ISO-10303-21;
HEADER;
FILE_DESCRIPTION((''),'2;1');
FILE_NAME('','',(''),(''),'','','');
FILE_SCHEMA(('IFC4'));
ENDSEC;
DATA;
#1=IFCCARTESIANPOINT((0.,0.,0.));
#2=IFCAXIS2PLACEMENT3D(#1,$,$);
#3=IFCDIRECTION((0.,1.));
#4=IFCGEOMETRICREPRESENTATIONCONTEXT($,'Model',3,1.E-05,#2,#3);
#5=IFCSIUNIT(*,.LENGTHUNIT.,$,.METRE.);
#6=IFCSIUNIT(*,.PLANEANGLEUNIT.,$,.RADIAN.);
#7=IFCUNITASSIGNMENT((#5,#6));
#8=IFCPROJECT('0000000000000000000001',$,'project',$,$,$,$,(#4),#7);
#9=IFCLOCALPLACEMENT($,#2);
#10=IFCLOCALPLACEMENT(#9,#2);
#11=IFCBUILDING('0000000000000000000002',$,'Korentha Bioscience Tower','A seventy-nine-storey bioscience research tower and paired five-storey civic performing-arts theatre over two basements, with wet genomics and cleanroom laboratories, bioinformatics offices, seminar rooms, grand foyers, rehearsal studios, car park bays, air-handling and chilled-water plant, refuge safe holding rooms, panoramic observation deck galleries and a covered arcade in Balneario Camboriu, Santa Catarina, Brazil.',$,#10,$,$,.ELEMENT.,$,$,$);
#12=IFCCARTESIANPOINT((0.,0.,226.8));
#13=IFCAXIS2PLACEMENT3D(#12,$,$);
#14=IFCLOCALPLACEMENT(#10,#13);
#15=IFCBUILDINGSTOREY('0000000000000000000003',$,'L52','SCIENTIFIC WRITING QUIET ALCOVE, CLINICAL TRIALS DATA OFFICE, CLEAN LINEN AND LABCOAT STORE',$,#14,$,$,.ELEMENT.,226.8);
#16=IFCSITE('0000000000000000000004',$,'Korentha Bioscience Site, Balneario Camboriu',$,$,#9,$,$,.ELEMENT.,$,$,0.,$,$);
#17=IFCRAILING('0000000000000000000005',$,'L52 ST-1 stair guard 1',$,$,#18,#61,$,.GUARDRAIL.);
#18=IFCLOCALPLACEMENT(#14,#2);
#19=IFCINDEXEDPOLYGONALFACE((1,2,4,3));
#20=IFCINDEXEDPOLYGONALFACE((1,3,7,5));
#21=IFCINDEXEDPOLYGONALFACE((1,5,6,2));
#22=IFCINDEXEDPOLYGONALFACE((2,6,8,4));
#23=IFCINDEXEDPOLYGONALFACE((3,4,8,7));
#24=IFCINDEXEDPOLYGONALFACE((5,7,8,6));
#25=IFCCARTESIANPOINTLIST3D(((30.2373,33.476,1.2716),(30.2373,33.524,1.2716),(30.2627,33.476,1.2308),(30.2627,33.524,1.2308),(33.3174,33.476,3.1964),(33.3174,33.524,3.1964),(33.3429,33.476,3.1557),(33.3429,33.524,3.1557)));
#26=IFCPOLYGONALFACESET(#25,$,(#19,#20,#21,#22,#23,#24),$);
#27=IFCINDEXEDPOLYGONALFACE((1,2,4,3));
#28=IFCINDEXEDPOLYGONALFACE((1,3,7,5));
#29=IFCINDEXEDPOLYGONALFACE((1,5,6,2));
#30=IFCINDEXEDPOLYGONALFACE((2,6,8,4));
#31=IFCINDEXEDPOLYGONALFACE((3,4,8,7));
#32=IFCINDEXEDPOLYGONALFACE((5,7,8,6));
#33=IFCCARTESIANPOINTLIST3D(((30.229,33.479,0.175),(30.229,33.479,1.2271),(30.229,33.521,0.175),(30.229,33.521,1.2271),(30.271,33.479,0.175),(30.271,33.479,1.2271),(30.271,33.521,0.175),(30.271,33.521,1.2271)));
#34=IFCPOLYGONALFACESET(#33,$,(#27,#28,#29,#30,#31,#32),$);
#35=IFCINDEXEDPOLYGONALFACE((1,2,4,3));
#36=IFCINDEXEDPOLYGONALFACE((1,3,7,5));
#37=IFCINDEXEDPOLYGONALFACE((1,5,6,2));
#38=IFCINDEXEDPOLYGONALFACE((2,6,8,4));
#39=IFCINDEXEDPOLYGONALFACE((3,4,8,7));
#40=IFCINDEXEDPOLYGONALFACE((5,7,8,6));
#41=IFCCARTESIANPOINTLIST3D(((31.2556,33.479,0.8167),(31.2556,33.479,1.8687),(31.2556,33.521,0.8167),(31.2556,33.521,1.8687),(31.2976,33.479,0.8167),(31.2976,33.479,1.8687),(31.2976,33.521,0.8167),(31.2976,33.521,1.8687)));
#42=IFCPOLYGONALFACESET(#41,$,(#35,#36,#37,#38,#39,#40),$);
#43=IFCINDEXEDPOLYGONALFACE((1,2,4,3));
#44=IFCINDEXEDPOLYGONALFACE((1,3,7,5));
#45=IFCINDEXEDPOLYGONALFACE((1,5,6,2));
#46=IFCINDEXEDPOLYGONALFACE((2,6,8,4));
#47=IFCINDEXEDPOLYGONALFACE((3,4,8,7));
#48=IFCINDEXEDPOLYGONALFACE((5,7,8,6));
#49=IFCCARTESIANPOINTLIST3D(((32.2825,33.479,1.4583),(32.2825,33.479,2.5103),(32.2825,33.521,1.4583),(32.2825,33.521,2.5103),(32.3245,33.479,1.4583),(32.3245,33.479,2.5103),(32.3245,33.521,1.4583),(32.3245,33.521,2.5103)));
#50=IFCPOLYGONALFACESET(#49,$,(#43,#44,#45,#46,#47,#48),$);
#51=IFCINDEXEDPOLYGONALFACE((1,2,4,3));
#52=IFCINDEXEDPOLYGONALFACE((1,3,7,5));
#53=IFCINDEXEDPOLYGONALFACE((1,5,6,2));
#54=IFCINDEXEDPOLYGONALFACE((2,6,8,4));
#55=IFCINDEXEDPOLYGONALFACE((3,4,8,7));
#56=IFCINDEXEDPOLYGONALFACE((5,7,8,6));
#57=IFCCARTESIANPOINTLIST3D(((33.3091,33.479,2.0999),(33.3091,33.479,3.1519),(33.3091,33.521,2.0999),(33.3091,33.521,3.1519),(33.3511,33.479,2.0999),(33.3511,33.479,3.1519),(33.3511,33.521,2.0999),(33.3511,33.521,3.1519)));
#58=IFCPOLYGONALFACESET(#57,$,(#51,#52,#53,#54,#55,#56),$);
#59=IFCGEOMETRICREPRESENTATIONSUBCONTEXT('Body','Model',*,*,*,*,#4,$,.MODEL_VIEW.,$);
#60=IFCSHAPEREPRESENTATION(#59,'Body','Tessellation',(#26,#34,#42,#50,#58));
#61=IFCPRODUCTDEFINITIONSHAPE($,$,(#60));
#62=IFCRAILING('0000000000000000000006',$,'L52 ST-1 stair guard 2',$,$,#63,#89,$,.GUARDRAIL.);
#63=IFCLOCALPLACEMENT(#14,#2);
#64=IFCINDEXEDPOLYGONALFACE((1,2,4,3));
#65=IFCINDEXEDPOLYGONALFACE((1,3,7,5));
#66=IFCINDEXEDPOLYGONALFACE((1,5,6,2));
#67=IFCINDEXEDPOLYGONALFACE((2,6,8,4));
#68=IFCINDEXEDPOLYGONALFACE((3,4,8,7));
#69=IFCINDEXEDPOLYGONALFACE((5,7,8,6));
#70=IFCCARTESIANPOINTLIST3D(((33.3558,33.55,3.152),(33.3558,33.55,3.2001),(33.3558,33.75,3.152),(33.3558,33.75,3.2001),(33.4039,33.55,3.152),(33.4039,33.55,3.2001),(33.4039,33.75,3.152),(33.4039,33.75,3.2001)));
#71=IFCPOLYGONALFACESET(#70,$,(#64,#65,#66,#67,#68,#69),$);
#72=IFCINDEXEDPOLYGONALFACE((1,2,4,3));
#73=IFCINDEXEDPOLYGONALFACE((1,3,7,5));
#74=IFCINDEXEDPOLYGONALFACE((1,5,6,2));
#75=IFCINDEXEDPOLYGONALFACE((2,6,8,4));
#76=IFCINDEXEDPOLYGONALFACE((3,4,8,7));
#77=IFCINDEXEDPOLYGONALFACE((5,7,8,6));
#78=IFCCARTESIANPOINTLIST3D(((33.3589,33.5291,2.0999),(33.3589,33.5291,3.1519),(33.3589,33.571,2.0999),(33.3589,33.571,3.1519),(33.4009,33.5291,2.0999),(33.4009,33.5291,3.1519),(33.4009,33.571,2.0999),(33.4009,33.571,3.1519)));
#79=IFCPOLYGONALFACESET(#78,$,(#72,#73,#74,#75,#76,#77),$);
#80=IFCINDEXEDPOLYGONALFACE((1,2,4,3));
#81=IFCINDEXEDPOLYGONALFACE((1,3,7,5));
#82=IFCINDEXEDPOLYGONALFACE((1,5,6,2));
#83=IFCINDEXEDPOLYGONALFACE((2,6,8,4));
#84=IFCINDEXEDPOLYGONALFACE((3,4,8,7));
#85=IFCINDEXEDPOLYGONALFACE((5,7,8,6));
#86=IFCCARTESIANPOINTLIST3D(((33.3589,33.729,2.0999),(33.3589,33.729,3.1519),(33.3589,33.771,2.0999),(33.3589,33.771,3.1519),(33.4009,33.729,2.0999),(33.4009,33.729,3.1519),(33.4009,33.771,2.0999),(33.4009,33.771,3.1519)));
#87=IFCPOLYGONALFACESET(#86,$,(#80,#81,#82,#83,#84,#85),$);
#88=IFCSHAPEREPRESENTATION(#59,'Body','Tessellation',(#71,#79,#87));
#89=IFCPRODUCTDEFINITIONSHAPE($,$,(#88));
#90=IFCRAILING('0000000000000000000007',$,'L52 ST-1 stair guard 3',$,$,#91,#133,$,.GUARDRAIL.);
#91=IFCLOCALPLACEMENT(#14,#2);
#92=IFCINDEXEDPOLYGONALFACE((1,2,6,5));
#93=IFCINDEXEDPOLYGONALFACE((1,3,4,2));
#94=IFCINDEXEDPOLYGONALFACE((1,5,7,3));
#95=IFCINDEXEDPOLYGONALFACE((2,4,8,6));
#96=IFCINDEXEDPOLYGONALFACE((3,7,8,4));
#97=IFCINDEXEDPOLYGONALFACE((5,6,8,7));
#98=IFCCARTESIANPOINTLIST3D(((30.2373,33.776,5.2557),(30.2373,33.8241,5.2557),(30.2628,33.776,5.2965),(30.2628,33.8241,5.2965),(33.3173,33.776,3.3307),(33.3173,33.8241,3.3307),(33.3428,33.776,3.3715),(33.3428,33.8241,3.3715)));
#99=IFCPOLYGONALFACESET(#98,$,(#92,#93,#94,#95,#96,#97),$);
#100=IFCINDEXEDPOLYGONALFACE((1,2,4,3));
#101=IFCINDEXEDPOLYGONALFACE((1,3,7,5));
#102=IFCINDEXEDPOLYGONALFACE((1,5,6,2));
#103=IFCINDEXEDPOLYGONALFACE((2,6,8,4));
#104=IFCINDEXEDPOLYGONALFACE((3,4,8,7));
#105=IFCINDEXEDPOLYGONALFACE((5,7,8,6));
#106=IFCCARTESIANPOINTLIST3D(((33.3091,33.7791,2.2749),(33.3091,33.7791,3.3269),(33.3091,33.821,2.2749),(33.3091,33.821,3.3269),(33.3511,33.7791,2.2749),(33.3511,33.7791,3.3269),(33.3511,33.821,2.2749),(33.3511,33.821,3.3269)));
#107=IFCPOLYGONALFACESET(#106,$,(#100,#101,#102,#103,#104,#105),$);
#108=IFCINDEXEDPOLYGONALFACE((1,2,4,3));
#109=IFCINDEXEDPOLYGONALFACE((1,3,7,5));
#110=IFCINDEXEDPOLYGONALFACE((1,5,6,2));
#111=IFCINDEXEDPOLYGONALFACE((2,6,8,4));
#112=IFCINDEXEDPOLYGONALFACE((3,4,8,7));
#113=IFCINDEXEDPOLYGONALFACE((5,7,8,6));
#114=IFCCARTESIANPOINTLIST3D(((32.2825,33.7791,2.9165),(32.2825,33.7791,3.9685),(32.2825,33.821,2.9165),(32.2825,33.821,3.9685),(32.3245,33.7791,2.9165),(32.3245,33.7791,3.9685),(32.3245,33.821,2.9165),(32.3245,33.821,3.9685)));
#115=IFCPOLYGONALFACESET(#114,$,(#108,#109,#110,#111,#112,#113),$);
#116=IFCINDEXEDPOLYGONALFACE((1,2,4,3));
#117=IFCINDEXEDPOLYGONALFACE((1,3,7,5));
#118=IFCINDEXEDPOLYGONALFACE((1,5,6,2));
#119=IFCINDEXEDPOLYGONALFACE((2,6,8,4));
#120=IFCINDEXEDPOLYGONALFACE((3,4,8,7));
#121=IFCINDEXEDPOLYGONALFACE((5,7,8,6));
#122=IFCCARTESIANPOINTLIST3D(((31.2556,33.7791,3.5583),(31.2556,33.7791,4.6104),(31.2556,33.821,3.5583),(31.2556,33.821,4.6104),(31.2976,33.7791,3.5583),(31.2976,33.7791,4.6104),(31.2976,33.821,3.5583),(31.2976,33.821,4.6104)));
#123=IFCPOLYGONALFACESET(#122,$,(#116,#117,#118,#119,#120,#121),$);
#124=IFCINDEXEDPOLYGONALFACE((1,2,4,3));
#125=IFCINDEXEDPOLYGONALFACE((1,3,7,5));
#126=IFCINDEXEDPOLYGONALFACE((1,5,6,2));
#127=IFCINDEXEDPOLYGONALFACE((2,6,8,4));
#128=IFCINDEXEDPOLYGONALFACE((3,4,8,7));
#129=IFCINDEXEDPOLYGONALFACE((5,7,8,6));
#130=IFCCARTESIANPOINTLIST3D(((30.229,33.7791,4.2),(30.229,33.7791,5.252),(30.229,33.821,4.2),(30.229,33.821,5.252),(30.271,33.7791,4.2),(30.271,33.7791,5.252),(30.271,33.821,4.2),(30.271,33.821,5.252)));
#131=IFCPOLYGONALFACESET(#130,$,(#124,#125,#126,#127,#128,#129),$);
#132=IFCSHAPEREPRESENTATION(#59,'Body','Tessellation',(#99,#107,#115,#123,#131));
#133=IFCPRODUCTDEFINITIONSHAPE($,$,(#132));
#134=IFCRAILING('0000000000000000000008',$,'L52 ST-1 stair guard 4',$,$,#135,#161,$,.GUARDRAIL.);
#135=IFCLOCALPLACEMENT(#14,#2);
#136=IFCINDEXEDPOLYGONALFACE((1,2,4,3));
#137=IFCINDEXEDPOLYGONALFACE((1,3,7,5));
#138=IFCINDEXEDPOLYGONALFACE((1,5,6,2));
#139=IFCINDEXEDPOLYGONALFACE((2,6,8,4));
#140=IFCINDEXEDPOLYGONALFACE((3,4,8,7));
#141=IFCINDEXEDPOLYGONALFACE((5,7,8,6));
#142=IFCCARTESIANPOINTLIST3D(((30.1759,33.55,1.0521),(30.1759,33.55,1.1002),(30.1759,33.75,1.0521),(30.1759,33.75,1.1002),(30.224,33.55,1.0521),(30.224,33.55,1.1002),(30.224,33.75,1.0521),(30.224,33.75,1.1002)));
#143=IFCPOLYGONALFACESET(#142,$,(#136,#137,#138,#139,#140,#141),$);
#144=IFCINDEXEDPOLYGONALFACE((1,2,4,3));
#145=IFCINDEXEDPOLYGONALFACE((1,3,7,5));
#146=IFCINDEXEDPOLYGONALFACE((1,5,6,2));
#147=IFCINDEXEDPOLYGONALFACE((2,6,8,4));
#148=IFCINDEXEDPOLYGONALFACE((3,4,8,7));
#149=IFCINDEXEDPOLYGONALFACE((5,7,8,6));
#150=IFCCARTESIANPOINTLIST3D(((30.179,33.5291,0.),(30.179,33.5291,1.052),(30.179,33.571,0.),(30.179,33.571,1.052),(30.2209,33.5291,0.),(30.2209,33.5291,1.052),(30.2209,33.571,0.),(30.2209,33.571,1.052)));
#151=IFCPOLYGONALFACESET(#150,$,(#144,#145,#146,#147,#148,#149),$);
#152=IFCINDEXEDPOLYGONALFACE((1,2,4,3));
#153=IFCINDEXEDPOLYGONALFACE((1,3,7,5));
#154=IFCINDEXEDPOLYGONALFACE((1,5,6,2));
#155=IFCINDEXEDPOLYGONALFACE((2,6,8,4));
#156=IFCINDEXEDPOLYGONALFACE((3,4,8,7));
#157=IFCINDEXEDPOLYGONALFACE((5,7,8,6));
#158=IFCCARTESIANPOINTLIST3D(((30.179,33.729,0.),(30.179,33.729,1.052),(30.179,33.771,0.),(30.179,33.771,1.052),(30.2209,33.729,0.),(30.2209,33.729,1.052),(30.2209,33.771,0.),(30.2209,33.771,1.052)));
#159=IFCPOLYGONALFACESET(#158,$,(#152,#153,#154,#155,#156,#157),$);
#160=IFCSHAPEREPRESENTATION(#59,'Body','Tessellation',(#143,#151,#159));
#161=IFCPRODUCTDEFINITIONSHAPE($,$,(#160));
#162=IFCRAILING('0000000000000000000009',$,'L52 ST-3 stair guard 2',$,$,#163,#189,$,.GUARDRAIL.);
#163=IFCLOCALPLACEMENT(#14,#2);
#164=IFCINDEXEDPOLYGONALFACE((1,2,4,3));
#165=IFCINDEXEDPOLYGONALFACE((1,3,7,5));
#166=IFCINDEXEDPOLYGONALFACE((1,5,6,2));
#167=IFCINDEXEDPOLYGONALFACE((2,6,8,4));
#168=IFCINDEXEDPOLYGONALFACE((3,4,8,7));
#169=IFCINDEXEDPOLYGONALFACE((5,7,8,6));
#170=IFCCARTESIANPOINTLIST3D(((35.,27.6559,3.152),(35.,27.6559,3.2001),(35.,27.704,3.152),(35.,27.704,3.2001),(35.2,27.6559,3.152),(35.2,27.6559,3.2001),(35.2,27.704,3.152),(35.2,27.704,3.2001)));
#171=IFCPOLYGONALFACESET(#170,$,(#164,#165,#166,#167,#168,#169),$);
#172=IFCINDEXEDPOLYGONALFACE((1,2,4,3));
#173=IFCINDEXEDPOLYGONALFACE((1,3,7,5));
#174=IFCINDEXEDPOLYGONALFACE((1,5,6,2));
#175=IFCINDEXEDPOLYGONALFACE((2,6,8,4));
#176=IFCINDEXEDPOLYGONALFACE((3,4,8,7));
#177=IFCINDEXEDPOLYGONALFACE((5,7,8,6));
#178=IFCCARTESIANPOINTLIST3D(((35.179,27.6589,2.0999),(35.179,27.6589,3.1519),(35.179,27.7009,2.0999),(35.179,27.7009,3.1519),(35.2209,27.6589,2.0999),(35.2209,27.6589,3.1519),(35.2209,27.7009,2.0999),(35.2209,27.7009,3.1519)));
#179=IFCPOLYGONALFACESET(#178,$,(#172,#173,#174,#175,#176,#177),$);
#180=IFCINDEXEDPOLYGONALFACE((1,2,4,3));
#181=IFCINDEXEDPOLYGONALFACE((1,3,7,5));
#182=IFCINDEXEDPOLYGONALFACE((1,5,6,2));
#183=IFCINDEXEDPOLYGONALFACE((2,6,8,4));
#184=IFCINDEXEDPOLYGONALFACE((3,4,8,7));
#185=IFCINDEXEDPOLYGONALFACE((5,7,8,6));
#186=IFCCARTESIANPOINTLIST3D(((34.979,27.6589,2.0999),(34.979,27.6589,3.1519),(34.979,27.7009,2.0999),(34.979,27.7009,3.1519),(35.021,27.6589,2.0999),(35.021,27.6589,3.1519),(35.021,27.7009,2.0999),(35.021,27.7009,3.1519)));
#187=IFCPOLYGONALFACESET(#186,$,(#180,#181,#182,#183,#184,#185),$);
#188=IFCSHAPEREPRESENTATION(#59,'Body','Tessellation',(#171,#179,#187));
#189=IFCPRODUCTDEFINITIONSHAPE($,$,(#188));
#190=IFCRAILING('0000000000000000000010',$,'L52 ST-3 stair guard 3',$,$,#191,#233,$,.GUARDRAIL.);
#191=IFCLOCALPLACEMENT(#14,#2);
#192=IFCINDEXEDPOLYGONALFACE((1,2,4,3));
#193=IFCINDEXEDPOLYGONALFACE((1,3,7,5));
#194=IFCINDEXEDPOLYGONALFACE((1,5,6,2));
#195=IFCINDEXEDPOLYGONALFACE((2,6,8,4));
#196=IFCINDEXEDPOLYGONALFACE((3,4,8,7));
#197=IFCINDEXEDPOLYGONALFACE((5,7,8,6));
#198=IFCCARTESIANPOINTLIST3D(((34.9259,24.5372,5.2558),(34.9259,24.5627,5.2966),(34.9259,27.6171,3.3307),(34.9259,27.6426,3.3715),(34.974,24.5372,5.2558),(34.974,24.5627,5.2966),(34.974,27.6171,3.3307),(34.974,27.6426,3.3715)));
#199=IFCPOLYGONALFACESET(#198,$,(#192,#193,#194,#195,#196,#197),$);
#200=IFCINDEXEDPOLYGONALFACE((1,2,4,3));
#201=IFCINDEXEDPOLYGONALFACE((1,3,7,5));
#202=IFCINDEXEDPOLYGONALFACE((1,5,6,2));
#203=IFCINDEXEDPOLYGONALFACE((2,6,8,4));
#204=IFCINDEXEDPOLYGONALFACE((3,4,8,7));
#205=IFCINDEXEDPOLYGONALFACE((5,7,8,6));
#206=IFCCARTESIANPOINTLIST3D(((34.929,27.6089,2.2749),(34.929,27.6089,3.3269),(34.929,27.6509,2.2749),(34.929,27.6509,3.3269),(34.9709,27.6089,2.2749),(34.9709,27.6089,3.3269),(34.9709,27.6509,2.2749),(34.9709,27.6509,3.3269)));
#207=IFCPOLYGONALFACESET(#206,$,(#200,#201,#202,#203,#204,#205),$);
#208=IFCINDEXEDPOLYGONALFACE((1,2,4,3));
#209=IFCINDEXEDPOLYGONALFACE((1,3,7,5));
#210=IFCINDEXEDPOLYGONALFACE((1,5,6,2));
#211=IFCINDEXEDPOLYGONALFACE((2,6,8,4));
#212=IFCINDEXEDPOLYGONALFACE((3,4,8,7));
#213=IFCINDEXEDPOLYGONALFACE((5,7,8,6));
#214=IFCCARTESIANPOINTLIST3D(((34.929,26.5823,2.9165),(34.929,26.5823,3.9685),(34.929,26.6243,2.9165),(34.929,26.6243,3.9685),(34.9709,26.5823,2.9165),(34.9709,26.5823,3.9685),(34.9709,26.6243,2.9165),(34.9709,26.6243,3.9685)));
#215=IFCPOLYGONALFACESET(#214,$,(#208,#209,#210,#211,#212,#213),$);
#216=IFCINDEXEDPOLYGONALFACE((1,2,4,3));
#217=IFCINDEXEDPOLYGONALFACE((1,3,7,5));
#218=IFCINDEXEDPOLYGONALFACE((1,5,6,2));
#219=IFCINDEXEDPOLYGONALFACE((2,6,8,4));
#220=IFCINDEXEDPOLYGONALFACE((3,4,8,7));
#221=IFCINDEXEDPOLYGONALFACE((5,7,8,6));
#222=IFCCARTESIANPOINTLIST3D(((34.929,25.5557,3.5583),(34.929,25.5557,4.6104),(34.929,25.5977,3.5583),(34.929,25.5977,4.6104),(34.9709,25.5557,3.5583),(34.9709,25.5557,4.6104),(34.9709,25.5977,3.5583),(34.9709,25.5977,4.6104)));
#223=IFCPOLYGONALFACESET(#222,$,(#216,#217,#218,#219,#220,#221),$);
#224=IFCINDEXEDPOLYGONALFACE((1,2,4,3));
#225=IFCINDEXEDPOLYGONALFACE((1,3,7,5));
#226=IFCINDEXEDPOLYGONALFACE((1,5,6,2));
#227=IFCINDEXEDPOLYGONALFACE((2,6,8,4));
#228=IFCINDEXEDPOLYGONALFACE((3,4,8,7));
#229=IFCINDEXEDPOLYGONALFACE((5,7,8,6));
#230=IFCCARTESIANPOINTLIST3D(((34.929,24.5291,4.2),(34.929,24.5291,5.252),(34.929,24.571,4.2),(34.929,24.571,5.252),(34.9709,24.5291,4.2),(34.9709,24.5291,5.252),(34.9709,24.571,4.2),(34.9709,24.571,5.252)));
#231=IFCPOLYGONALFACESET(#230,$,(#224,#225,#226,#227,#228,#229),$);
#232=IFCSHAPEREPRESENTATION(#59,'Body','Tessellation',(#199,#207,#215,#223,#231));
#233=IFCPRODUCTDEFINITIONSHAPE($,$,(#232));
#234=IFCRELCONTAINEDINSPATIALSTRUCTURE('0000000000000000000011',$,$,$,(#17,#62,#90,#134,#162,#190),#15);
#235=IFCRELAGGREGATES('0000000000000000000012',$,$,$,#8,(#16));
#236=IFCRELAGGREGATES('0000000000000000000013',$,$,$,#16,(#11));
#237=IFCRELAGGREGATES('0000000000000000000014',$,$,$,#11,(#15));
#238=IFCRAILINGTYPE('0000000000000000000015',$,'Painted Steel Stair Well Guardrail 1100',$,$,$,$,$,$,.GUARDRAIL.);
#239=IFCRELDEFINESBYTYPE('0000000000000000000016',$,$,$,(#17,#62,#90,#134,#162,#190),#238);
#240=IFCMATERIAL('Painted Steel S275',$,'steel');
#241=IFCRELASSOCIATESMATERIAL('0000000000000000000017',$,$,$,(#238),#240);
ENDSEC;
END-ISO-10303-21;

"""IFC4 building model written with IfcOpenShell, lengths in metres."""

from ifc_helpers import new_model, si_unit, direction, frame, origin, origin_2d, place, context, subcontext, project, spatial, rectangle, extrude, material, type_object, element, save


model = new_model("IFC4")

# Units and contexts
model_context = context("Model", 3, precision=1e-05, world=origin(), true_north=direction((0.0, 1.0)))
body_context = subcontext(model_context, "Body", "Model", "MODEL_VIEW")
ifc_project = project(units=[si_unit("LENGTHUNIT", "METRE"), si_unit("PLANEANGLEUNIT", "RADIAN")], contexts=[model_context])

# Site, building, storey
site_placement = place(None, origin())
site = spatial("IfcSite", under=ifc_project, at=site_placement, Name="Korentha Bioscience Site, Balneario Camboriu", CompositionType="ELEMENT", RefElevation=0.0)
building_placement = place(site_placement, origin())
building = spatial("IfcBuilding", under=site, at=building_placement, Name="Korentha Bioscience Tower", Description="A seventy-nine-storey bioscience research tower and paired five-storey civic performing-arts theatre over two basements, with wet genomics and cleanroom laboratories, bioinformatics offices, seminar rooms, grand foyers, rehearsal studios, car park bays, air-handling and chilled-water plant, refuge safe holding rooms, panoramic observation deck galleries and a covered arcade in Balneario Camboriu, Santa Catarina, Brazil.", CompositionType="ELEMENT")
storey_placement = place(building_placement, frame((0.0, 0.0, 226.8)))
storey = spatial("IfcBuildingStorey", under=building, at=storey_placement, Name="L52", Description="SCIENTIFIC WRITING QUIET ALCOVE, CLINICAL TRIALS DATA OFFICE, CLEAN LINEN AND LABCOAT STORE", CompositionType="ELEMENT", Elevation=226.8)

# Railings
ifc_material_1 = material(Name="Painted Steel S275", Category="steel")
railing_type_1 = type_object("IfcRailingType", Name="Painted Steel Stair Well Guardrail 1100", PredefinedType="GUARDRAIL", material=ifc_material_1)
railing_1_placement = place(storey_placement, frame((30.25, 33.5, 0.175)))
element("IfcRailing", 1, at=railing_1_placement, inside=storey, type_object=railing_type_1, Name="L52 ST-1 stair guard 1", PredefinedType="GUARDRAIL", context=body_context, shape_type="SweptSolid", body=[
    extrude(rectangle(XDim=0.0481, YDim=0.0481, at=origin_2d()), frame((0.0, 0.0, 1.0762), z_axis=(0.848029, 0.0, 0.529951), x_axis=(0.0, 1.0, 0.0)), (0.0, 0.0, 1.0), 3.6321),
    extrude(rectangle(XDim=0.042, YDim=0.042, at=origin_2d()), origin(), (0.0, 0.0, 1.0), 1.052),
    extrude(rectangle(XDim=0.042, YDim=0.042, at=origin_2d()), frame((1.0266, 0.0, 0.6416)), (0.0, 0.0, 1.0), 1.052),
    extrude(rectangle(XDim=0.042, YDim=0.042, at=origin_2d()), frame((2.0535, 0.0, 1.2832)), (0.0, 0.0, 1.0), 1.052),
    extrude(rectangle(XDim=0.042, YDim=0.042, at=origin_2d()), frame((3.0801, 0.0, 1.9248)), (0.0, 0.0, 1.0), 1.052),
])
railing_2_placement = place(storey_placement, frame((33.3799, 33.55, 2.0999)))
element("IfcRailing", 2, at=railing_2_placement, inside=storey, type_object=railing_type_1, Name="L52 ST-1 stair guard 2", PredefinedType="GUARDRAIL", context=body_context, shape_type="SweptSolid", body=[
    extrude(rectangle(XDim=0.0481, YDim=0.0481, at=origin_2d()), frame((0.0, 0.0, 1.0762), z_axis=(0.0, 1.0, 0.0), x_axis=(-1.0, 0.0, 0.0)), (0.0, 0.0, 1.0), 0.2),
    extrude(rectangle(XDim=0.042, YDim=0.042, at=origin_2d()), origin(), (0.0, 0.0, 1.0), 1.052),
    extrude(rectangle(XDim=0.042, YDim=0.042, at=origin_2d()), frame((0.0, 0.2, 0.0)), (0.0, 0.0, 1.0), 1.052),
])
railing_3_placement = place(storey_placement, frame((33.3301, 33.8, 2.2749)))
element("IfcRailing", 3, at=railing_3_placement, inside=storey, type_object=railing_type_1, Name="L52 ST-1 stair guard 3", PredefinedType="GUARDRAIL", context=body_context, shape_type="SweptSolid", body=[
    extrude(rectangle(XDim=0.0481, YDim=0.0481, at=origin_2d()), frame((0.0, 0.0, 1.0762), z_axis=(-0.847998, 0.0, 0.529999), x_axis=(0.0, -1.0, 0.0)), (0.0, 0.0, 1.0), 3.6321),
    extrude(rectangle(XDim=0.042, YDim=0.042, at=origin_2d()), origin(), (0.0, 0.0, 1.0), 1.052),
    extrude(rectangle(XDim=0.042, YDim=0.042, at=origin_2d()), frame((-1.0266, 0.0, 0.6416)), (0.0, 0.0, 1.0), 1.052),
    extrude(rectangle(XDim=0.042, YDim=0.042, at=origin_2d()), frame((-2.0535, 0.0, 1.2834)), (0.0, 0.0, 1.0), 1.052),
    extrude(rectangle(XDim=0.042, YDim=0.042, at=origin_2d()), frame((-3.0801, 0.0, 1.925)), (0.0, 0.0, 1.0), 1.052),
])
railing_4_placement = place(storey_placement, frame((30.2, 33.55, 0.0)))
element("IfcRailing", 4, at=railing_4_placement, inside=storey, type_object=railing_type_1, Name="L52 ST-1 stair guard 4", PredefinedType="GUARDRAIL", context=body_context, shape_type="SweptSolid", body=[
    extrude(rectangle(XDim=0.0481, YDim=0.0481, at=origin_2d()), frame((0.0, 0.0, 1.0762), z_axis=(0.0, 1.0, 0.0), x_axis=(-1.0, 0.0, 0.0)), (0.0, 0.0, 1.0), 0.2),
    extrude(rectangle(XDim=0.042, YDim=0.042, at=origin_2d()), origin(), (0.0, 0.0, 1.0), 1.052),
    extrude(rectangle(XDim=0.042, YDim=0.042, at=origin_2d()), frame((0.0, 0.2, 0.0)), (0.0, 0.0, 1.0), 1.052),
])
railing_5_placement = place(storey_placement, frame((35.2, 27.6799, 2.0999)))
element("IfcRailing", 5, at=railing_5_placement, inside=storey, type_object=railing_type_1, Name="L52 ST-3 stair guard 2", PredefinedType="GUARDRAIL", context=body_context, shape_type="SweptSolid", body=[
    extrude(rectangle(XDim=0.0481, YDim=0.0481, at=origin_2d()), frame((0.0, 0.0, 1.0762), z_axis=(-1.0, 0.0, 0.0), x_axis=(0.0, -1.0, 0.0)), (0.0, 0.0, 1.0), 0.2),
    extrude(rectangle(XDim=0.042, YDim=0.042, at=origin_2d()), origin(), (0.0, 0.0, 1.0), 1.052),
    extrude(rectangle(XDim=0.042, YDim=0.042, at=origin_2d()), frame((-0.2, 0.0, 0.0)), (0.0, 0.0, 1.0), 1.052),
])
railing_6_placement = place(storey_placement, frame((34.95, 27.6299, 2.2749)))
element("IfcRailing", 6, at=railing_6_placement, inside=storey, type_object=railing_type_1, Name="L52 ST-3 stair guard 3", PredefinedType="GUARDRAIL", context=body_context, shape_type="SweptSolid", body=[
    extrude(rectangle(XDim=0.0481, YDim=0.0481, at=origin_2d()), frame((0.0, 0.0, 1.0762), z_axis=(0.0, -0.847979, 0.530029), x_axis=(1.0, 0.0, 0.0)), (0.0, 0.0, 1.0), 3.6321),
    extrude(rectangle(XDim=0.042, YDim=0.042, at=origin_2d()), origin(), (0.0, 0.0, 1.0), 1.052),
    extrude(rectangle(XDim=0.042, YDim=0.042, at=origin_2d()), frame((0.0, -1.0266, 0.6416)), (0.0, 0.0, 1.0), 1.052),
    extrude(rectangle(XDim=0.042, YDim=0.042, at=origin_2d()), frame((0.0, -2.0532, 1.2834)), (0.0, 0.0, 1.0), 1.052),
    extrude(rectangle(XDim=0.042, YDim=0.042, at=origin_2d()), frame((0.0, -3.0798, 1.925)), (0.0, 0.0, 1.0), 1.052),
])

save(model, "model.ifc")
